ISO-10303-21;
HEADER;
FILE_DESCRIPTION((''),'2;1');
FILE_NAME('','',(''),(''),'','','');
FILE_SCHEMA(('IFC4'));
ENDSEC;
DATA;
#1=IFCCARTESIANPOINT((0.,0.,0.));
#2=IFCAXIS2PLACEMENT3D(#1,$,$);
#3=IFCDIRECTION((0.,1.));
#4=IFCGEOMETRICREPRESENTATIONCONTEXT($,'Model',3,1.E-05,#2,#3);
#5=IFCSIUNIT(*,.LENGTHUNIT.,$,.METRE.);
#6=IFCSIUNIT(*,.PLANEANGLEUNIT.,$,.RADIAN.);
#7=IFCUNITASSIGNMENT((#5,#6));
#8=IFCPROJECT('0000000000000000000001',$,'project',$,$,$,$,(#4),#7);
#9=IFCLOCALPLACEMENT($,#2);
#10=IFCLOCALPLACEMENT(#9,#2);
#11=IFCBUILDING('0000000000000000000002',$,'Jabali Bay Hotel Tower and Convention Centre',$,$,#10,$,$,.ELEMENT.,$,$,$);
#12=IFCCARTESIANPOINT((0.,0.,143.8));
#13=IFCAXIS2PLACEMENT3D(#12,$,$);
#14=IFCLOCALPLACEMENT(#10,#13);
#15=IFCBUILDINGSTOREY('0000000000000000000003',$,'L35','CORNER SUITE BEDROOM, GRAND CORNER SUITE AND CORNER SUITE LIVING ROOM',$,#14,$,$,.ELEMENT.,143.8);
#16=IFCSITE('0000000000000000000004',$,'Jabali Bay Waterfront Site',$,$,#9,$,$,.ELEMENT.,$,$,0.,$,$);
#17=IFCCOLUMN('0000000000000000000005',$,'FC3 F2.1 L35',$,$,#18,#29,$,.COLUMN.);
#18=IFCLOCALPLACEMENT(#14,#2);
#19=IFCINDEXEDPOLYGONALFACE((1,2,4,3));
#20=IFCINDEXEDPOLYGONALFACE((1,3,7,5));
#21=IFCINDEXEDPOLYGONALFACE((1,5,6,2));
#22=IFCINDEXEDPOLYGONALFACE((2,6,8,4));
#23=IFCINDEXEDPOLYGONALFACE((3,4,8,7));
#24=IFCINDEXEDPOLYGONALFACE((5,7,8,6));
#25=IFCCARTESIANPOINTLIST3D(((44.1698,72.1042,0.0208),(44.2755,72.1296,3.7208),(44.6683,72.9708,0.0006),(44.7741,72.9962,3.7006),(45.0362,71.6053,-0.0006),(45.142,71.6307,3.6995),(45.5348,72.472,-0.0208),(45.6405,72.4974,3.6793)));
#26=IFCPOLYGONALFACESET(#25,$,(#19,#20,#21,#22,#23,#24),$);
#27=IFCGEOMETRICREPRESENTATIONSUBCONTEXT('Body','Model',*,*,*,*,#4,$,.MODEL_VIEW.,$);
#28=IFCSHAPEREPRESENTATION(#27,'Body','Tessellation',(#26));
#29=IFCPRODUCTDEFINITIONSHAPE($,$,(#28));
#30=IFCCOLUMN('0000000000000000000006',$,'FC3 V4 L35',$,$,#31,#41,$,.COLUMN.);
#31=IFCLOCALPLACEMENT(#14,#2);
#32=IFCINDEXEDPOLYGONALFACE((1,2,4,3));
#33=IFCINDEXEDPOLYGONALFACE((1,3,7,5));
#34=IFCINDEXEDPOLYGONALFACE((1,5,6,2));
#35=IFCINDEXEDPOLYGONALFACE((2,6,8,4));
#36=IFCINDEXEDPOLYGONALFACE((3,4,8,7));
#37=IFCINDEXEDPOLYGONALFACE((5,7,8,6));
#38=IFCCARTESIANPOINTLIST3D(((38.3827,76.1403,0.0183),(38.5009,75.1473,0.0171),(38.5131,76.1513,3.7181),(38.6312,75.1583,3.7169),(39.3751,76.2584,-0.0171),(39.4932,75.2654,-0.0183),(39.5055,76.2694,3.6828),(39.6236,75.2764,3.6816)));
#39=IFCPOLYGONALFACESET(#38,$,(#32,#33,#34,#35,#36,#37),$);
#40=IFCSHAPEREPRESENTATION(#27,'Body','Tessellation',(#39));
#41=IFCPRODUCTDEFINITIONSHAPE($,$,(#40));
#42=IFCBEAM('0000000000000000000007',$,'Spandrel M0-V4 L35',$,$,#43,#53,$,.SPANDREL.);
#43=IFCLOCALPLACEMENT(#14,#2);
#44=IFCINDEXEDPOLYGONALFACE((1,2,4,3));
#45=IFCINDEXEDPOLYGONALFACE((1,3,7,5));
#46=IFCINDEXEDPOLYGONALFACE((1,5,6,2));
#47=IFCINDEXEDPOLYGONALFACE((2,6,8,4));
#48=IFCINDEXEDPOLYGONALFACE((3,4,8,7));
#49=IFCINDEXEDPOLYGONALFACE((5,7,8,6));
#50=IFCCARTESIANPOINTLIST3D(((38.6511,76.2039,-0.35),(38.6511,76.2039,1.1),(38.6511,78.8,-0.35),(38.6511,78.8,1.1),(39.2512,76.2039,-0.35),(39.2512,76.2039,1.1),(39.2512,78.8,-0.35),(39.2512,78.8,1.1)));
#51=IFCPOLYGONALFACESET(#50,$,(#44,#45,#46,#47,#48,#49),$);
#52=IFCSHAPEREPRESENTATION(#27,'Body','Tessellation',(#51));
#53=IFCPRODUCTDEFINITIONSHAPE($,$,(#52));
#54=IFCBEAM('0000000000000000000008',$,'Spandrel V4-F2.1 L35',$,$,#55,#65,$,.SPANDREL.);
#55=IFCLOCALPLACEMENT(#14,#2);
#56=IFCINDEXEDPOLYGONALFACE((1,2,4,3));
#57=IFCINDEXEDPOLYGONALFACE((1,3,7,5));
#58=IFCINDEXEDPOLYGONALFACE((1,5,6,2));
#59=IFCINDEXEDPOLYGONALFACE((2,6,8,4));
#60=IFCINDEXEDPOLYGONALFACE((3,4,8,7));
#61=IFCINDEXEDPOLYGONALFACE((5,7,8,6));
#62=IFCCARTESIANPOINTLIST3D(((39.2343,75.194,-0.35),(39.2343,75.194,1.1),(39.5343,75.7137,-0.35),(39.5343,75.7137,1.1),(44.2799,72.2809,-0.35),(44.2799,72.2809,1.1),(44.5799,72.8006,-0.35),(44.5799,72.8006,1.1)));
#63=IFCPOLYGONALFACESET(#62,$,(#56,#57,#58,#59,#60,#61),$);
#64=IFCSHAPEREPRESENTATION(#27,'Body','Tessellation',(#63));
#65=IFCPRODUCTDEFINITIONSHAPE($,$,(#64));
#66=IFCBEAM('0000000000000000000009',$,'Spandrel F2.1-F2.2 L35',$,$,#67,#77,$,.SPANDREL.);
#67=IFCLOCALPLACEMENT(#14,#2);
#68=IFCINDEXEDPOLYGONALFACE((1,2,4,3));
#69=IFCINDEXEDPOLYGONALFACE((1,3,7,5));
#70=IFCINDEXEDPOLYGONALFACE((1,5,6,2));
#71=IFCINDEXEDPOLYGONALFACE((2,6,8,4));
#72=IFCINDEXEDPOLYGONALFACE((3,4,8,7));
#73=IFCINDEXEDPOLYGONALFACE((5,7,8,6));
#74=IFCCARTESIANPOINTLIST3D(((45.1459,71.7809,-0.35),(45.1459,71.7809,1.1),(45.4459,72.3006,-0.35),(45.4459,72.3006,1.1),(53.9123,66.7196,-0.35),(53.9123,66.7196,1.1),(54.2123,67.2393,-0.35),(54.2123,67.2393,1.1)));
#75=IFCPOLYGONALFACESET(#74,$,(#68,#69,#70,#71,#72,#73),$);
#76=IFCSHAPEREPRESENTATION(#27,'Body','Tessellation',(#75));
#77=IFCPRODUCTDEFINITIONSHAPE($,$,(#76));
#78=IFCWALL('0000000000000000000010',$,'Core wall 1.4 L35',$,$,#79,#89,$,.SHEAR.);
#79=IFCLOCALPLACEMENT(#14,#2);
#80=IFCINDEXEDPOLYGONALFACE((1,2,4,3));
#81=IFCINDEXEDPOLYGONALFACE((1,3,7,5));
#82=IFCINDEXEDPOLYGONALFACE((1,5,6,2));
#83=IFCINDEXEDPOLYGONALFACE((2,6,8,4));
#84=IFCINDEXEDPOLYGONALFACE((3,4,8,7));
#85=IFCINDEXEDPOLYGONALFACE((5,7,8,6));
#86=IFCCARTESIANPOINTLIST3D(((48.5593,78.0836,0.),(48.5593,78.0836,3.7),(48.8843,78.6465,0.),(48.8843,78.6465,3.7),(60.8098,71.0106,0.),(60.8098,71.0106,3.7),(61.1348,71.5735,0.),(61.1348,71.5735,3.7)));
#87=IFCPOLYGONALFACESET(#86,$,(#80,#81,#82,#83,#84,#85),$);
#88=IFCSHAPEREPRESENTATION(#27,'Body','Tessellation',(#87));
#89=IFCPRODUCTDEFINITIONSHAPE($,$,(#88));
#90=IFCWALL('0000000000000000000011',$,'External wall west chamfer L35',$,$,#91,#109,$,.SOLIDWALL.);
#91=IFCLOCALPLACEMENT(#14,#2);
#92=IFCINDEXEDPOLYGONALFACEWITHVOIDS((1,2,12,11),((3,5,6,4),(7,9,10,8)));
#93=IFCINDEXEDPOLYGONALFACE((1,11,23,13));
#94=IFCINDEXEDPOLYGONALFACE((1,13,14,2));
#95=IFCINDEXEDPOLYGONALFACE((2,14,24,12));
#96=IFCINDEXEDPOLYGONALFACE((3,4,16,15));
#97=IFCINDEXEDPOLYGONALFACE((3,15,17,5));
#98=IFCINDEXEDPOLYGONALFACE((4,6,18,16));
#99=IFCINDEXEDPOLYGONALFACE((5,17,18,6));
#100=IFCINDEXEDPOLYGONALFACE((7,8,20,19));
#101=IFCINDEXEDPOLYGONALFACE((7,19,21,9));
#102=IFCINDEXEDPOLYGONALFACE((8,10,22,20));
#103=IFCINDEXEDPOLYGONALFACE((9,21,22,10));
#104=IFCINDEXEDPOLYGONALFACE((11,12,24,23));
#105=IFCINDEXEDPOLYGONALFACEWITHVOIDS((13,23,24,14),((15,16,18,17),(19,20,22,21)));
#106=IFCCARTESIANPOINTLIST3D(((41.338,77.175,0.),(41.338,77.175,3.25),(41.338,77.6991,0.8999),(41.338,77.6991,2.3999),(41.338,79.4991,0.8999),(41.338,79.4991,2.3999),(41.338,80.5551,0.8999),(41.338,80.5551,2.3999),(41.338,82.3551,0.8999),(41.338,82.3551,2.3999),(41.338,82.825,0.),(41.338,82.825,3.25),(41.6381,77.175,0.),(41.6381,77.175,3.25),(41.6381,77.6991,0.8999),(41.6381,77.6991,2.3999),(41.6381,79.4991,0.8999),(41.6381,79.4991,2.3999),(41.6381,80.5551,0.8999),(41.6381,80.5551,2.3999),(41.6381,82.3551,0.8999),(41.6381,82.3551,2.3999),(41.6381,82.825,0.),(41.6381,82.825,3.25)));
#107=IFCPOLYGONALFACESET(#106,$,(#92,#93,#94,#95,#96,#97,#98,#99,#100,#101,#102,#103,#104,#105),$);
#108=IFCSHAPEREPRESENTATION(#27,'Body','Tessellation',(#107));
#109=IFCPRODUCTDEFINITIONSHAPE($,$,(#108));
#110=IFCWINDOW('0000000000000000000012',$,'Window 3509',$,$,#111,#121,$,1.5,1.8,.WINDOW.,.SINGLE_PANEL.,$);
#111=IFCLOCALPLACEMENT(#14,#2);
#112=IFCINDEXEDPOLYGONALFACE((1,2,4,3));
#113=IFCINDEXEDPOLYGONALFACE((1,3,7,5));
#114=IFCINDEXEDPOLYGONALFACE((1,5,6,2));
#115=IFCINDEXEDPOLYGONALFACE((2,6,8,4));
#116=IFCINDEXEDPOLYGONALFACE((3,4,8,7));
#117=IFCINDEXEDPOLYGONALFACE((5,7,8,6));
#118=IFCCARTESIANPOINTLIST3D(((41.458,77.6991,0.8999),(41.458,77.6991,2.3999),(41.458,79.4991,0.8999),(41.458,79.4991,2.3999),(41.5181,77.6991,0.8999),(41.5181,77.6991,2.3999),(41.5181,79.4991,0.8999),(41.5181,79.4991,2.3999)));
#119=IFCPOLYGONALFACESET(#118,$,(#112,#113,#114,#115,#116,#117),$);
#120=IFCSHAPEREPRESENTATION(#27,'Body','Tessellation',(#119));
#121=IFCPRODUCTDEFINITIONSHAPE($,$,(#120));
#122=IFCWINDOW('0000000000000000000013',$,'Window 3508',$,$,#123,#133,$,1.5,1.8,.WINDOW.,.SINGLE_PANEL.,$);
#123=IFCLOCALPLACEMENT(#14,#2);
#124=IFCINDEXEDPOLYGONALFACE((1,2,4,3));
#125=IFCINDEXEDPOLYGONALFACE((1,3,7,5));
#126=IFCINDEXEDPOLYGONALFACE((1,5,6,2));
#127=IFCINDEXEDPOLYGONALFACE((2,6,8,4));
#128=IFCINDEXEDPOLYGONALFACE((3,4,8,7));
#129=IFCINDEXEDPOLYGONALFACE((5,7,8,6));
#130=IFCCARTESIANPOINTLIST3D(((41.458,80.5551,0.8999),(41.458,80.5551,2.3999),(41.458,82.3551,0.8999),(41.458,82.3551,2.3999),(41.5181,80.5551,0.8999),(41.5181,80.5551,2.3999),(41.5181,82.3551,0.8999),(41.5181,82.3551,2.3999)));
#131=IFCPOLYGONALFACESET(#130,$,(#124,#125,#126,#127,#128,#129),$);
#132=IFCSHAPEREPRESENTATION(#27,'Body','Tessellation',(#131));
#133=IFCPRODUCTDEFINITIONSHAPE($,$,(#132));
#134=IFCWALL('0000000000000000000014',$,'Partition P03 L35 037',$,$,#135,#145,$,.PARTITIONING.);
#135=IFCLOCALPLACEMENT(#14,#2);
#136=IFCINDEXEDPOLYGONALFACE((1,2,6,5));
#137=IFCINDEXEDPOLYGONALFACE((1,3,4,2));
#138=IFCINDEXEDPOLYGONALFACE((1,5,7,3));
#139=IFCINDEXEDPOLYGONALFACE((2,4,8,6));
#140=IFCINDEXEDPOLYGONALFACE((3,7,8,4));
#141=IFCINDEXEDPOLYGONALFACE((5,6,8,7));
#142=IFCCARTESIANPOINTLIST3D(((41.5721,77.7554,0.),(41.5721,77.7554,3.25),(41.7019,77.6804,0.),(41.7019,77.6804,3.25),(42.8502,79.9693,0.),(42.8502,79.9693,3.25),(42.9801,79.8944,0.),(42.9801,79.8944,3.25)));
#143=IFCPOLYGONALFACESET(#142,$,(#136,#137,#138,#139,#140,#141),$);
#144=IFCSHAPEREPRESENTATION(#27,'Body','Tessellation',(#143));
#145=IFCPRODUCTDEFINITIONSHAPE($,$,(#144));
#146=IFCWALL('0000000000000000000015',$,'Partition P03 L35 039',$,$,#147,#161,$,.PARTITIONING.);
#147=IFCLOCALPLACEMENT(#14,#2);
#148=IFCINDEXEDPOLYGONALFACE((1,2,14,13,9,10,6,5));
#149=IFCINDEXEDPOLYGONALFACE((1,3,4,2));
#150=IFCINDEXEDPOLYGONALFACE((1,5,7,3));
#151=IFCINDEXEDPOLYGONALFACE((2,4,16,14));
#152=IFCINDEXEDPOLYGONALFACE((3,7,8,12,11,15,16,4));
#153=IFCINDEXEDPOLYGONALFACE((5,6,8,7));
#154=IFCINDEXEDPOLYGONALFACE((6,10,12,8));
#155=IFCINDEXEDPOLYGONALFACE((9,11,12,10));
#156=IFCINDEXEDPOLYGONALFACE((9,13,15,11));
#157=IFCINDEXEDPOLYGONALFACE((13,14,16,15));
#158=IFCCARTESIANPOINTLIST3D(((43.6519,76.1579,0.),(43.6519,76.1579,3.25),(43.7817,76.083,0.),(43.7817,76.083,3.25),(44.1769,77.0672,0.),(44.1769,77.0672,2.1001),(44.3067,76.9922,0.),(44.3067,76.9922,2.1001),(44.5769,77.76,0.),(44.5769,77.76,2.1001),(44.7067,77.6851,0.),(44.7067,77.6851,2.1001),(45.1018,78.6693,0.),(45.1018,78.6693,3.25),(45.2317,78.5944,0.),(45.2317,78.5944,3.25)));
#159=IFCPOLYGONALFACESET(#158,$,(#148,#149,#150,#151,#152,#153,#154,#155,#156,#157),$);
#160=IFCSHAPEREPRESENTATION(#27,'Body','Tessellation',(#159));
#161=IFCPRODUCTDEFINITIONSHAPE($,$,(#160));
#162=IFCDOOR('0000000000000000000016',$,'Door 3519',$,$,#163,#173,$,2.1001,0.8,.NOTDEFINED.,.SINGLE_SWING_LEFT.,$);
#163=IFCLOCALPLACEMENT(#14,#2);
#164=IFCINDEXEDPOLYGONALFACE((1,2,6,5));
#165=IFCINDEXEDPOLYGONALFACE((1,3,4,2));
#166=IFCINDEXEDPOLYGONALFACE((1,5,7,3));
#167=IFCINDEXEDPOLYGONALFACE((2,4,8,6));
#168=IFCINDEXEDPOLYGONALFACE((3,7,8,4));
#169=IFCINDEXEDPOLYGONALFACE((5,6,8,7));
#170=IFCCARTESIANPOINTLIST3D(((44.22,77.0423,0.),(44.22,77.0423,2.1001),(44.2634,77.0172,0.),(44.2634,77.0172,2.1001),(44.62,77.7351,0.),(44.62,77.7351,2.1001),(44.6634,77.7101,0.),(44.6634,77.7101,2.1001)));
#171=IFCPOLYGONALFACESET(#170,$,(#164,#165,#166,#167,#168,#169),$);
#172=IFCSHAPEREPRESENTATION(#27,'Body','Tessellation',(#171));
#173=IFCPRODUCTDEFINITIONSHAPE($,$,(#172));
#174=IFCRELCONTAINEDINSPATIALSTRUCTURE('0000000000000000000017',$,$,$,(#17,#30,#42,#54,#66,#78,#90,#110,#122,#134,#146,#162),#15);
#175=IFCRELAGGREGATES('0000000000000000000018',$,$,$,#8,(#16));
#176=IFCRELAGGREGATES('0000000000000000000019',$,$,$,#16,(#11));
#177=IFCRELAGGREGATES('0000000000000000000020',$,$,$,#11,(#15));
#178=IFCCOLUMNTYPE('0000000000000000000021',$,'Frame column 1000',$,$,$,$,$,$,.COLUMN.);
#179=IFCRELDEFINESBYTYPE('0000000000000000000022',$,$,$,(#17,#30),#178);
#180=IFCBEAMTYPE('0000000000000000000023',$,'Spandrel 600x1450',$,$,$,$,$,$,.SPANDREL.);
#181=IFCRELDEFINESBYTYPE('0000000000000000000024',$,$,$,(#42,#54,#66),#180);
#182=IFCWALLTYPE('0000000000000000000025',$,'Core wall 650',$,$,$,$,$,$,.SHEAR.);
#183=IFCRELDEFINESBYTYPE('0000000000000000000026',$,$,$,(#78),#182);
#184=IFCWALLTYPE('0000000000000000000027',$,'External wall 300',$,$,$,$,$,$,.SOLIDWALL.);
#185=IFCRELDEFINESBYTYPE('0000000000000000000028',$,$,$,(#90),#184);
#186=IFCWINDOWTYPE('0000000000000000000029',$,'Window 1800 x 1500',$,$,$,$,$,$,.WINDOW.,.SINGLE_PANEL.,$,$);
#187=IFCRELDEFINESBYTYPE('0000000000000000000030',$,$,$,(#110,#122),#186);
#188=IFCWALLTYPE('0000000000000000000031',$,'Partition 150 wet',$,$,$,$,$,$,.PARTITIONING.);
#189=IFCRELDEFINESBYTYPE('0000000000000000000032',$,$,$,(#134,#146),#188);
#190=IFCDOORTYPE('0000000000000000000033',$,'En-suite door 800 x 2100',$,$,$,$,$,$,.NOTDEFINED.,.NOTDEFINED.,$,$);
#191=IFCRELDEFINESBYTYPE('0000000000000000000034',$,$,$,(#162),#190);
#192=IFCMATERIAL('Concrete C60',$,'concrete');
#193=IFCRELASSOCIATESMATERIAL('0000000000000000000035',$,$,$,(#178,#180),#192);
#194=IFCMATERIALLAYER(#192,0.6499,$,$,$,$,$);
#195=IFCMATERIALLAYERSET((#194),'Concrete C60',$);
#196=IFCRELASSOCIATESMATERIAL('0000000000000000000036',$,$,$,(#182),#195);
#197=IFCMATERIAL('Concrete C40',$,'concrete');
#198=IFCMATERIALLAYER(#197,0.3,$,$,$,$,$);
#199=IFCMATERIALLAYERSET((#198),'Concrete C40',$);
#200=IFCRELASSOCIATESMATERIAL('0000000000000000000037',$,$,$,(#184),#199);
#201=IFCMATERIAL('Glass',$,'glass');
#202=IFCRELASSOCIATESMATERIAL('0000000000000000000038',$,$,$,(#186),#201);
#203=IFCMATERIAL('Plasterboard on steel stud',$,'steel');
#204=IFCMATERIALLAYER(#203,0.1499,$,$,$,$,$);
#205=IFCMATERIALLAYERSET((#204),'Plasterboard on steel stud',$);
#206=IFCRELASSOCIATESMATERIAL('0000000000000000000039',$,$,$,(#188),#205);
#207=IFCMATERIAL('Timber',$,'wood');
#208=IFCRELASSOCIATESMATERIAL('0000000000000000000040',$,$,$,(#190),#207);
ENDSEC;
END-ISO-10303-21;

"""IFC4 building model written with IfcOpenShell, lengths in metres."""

from ifc_helpers import new_model, si_unit, direction, frame, frame_2d, origin, origin_2d, place, context, subcontext, project, spatial, rectangle, extrude, material, layer, layer_set, material_profile, profile_set, type_object, element, fill, save


model = new_model("IFC4")

# Units and contexts
model_context = context("Model", 3, precision=1e-05, world=origin(), true_north=direction((0.0, 1.0)))
body_context = subcontext(model_context, "Body", "Model", "MODEL_VIEW")
ifc_project = project(units=[si_unit("LENGTHUNIT", "METRE"), si_unit("PLANEANGLEUNIT", "RADIAN")], contexts=[model_context])

# Site, building, storey
site_placement = place(None, origin())
site = spatial("IfcSite", under=ifc_project, at=site_placement, Name="Jabali Bay Waterfront Site", CompositionType="ELEMENT", RefElevation=0.0)
building_placement = place(site_placement, origin())
building = spatial("IfcBuilding", under=site, at=building_placement, Name="Jabali Bay Hotel Tower and Convention Centre", CompositionType="ELEMENT")
storey_placement = place(building_placement, frame((0.0, 0.0, 143.8)))
storey = spatial("IfcBuildingStorey", under=building, at=storey_placement, Name="L35", Description="CORNER SUITE BEDROOM, GRAND CORNER SUITE AND CORNER SUITE LIVING ROOM", CompositionType="ELEMENT", Elevation=143.8)

# Columns
ifc_material_1 = material(Name="Concrete C60", Category="concrete")
ifc_material_profile_1 = material_profile(ifc_material_1, rectangle(XDim=1.0, YDim=1.0, at=origin_2d()), Name="Frame column 1000")
ifc_profile_set_1 = profile_set([ifc_material_profile_1], Name="Concrete C60")
column_type = type_object("IfcColumnType", Name="Frame column 1000", PredefinedType="COLUMN", material=ifc_profile_set_1)
column_1_placement = place(storey_placement, frame((44.8523, 72.2881, 0.0), z_axis=(0.028559, 0.006859, 0.999569), x_axis=(-0.86641, 0.498877, 0.021331)))
element("IfcColumn", 1, at=column_1_placement, inside=storey, type_object=column_type, Name="FC3 F2.1 L35", PredefinedType="COLUMN", context=body_context, shape_type="SweptSolid", body=[
    extrude(rectangle(XDim=1.0, YDim=1.0, at=origin_2d()), origin(), (0.0, 0.0, 1.0), 3.7017),
])
column_2_placement = place(storey_placement, frame((38.938, 75.7029, 0.0), z_axis=(0.035214, 0.002967, 0.999375), x_axis=(-0.118148, 0.992995, 0.001215)))
element("IfcColumn", 2, at=column_2_placement, inside=storey, type_object=column_type, Name="FC3 V4 L35", PredefinedType="COLUMN", context=body_context, shape_type="SweptSolid", body=[
    extrude(rectangle(XDim=1.0, YDim=1.0, at=origin_2d()), origin(), (0.0, 0.0, 1.0), 3.7021),
])

# Beams
ifc_material_profile_2 = material_profile(ifc_material_1, rectangle(XDim=0.6001, YDim=1.45, at=origin_2d()), Name="Spandrel 600x1450")
ifc_profile_set_2 = profile_set([ifc_material_profile_2], Name="Concrete C60")
beam_type = type_object("IfcBeamType", Name="Spandrel 600x1450", PredefinedType="SPANDREL", material=ifc_profile_set_2)
beam_1_placement = place(storey_placement, frame((38.9512, 78.8, 0.375), z_axis=(0.0, -1.0, 0.0), x_axis=(1.0, 0.0, 0.0)))
element("IfcBeam", 3, at=beam_1_placement, inside=storey, type_object=beam_type, Name="Spandrel M0-V4 L35", PredefinedType="SPANDREL", context=body_context, shape_type="SweptSolid", body=[
    extrude(rectangle(XDim=0.6001, YDim=1.45, at=origin_2d()), origin(), (0.0, 0.0, 1.0), 2.5962),
])
beam_2_placement = place(storey_placement, frame((39.3843, 75.4539, 0.375), z_axis=(0.866027, -0.499997, 0.0), x_axis=(0.499997, 0.866027, 0.0)))
element("IfcBeam", 4, at=beam_2_placement, inside=storey, type_object=beam_type, Name="Spandrel V4-F2.1 L35", PredefinedType="SPANDREL", context=body_context, shape_type="SweptSolid", body=[
    extrude(rectangle(XDim=0.6001, YDim=1.45, at=origin_2d()), origin(), (0.0, 0.0, 1.0), 5.8262),
])
beam_3_placement = place(storey_placement, frame((45.2959, 72.0408, 0.375), z_axis=(0.866025, -0.500002, 0.0), x_axis=(0.500002, 0.866025, 0.0)))
element("IfcBeam", 5, at=beam_3_placement, inside=storey, type_object=beam_type, Name="Spandrel F2.1-F2.2 L35", PredefinedType="SPANDREL", context=body_context, shape_type="SweptSolid", body=[
    extrude(rectangle(XDim=0.6001, YDim=1.45, at=origin_2d()), origin(), (0.0, 0.0, 1.0), 10.1226),
])

# Wall
ifc_layer_1 = layer(ifc_material_1, 0.6499)
ifc_layer_set_1 = layer_set([ifc_layer_1], Name="Concrete C60")
wall_type_1 = type_object("IfcWallType", Name="Core wall 650", PredefinedType="SHEAR", material=ifc_layer_set_1)
wall_1_placement = place(storey_placement, frame((48.7219, 78.365, 0.0), z_axis=(0.0, 0.0, 1.0), x_axis=(0.86602, -0.500009, 0.0)))
element("IfcWall", 6, at=wall_1_placement, inside=storey, type_object=wall_type_1, Name="Core wall 1.4 L35", PredefinedType="SHEAR", context=body_context, shape_type="SweptSolid", body=[
    extrude(rectangle(XDim=14.1458, YDim=0.6499, at=frame_2d((7.0728, 0.0))), origin(), (0.0, 0.0, 1.0), 3.7),
])

# Wall, openings, windows
ifc_material_2 = material(Name="Concrete C40", Category="concrete")
ifc_layer_2 = layer(ifc_material_2, 0.3)
ifc_layer_set_2 = layer_set([ifc_layer_2], Name="Concrete C40")
wall_type_2 = type_object("IfcWallType", Name="External wall 300", PredefinedType="SOLIDWALL", material=ifc_layer_set_2)
wall_2_placement = place(storey_placement, frame((41.488, 77.175, 0.0), z_axis=(0.0, 0.0, 1.0), x_axis=(0.0, 1.0, 0.0)))
wall_2 = element("IfcWall", 7, at=wall_2_placement, inside=storey, type_object=wall_type_2, Name="External wall west chamfer L35", PredefinedType="SOLIDWALL", context=body_context, shape_type="SweptSolid", body=[
    extrude(rectangle(XDim=5.6499, YDim=0.3, at=frame_2d((2.825, 0.0))), origin(), (0.0, 0.0, 1.0), 3.25),
])
opening_1_placement = place(wall_2_placement, frame((0.5242, 0.0, 0.8999)))
opening_1 = element("IfcOpeningElement", 8, at=opening_1_placement, cuts=wall_2, PredefinedType="OPENING", context=body_context, shape_type="SweptSolid", body=[
    extrude(rectangle(XDim=1.8, YDim=1.5, at=frame_2d((0.8999, 0.75))), frame((0.0, 0.1606, 0.0), z_axis=(0.0, -1.0, 0.0), x_axis=(1.0, 0.0, 0.0)), (0.0, 0.0, 1.0), 0.321),
])
opening_2_placement = place(wall_2_placement, frame((3.3801, 0.0, 0.8999)))
opening_2 = element("IfcOpeningElement", 9, at=opening_2_placement, cuts=wall_2, PredefinedType="OPENING", context=body_context, shape_type="SweptSolid", body=[
    extrude(rectangle(XDim=1.8, YDim=1.5, at=frame_2d((0.8999, 0.75))), frame((0.0, 0.1606, 0.0), z_axis=(0.0, -1.0, 0.0), x_axis=(1.0, 0.0, 0.0)), (0.0, 0.0, 1.0), 0.321),
])
ifc_material_3 = material(Name="Glass", Category="glass")
window_type = type_object("IfcWindowType", Name="Window 1800 x 1500", PartitioningType="SINGLE_PANEL", PredefinedType="WINDOW", material=ifc_material_3)
window_1_placement = place(opening_1_placement, origin())
window_1 = element("IfcWindow", 10, at=window_1_placement, inside=storey, type_object=window_type, Name="Window 3509", OverallHeight=1.5, OverallWidth=1.8, PartitioningType="SINGLE_PANEL", PredefinedType="WINDOW", context=body_context, shape_type="SweptSolid", body=[
    extrude(rectangle(XDim=1.8, YDim=1.5, at=frame_2d((0.8999, 0.75))), frame((0.0, 0.03, 0.0), z_axis=(0.0, -1.0, 0.0), x_axis=(1.0, 0.0, 0.0)), (0.0, 0.0, 1.0), 0.0601),
])
fill(opening_1, window_1)
window_2_placement = place(opening_2_placement, origin())
window_2 = element("IfcWindow", 11, at=window_2_placement, inside=storey, type_object=window_type, Name="Window 3508", OverallHeight=1.5, OverallWidth=1.8, PartitioningType="SINGLE_PANEL", PredefinedType="WINDOW", context=body_context, shape_type="SweptSolid", body=[
    extrude(rectangle(XDim=1.8, YDim=1.5, at=frame_2d((0.8999, 0.75))), frame((0.0, 0.03, 0.0), z_axis=(0.0, -1.0, 0.0), x_axis=(1.0, 0.0, 0.0)), (0.0, 0.0, 1.0), 0.0601),
])
fill(opening_2, window_2)

# Wall
ifc_material_4 = material(Name="Plasterboard on steel stud", Category="steel")
ifc_layer_3 = layer(ifc_material_4, 0.1499)
ifc_layer_set_3 = layer_set([ifc_layer_3], Name="Plasterboard on steel stud")
wall_type_3 = type_object("IfcWallType", Name="Partition 150 wet", PredefinedType="PARTITIONING", material=ifc_layer_set_3)
wall_3_placement = place(storey_placement, frame((41.637, 77.7178, 0.0), z_axis=(0.0, 0.0, 1.0), x_axis=(0.49997, 0.866042, 0.0)))
element("IfcWall", 12, at=wall_3_placement, inside=storey, type_object=wall_type_3, Name="Partition P03 L35 037", PredefinedType="PARTITIONING", context=body_context, shape_type="SweptSolid", body=[
    extrude(rectangle(XDim=2.5564, YDim=0.1499, at=frame_2d((1.2783, 0.0))), origin(), (0.0, 0.0, 1.0), 3.25),
])

# Wall, opening, door
wall_4_placement = place(storey_placement, frame((45.1667, 78.6318, 0.0), z_axis=(0.0, 0.0, 1.0), x_axis=(-0.499987, -0.866033, 0.0)))
wall_4 = element("IfcWall", 13, at=wall_4_placement, inside=storey, type_object=wall_type_3, Name="Partition P03 L35 039", PredefinedType="PARTITIONING", context=body_context, shape_type="SweptSolid", body=[
    extrude(rectangle(XDim=2.8999, YDim=0.1499, at=frame_2d((1.45, 0.0))), origin(), (0.0, 0.0, 1.0), 3.25),
])
opening_3_placement = place(wall_4_placement, frame((1.05, 0.0, 0.0)))
opening_3 = element("IfcOpeningElement", 14, at=opening_3_placement, cuts=wall_4, PredefinedType="OPENING", context=body_context, shape_type="SweptSolid", body=[
    extrude(rectangle(XDim=0.8, YDim=2.1001, at=frame_2d((0.3999, 1.05))), frame((0.0, 0.0854, 0.0), z_axis=(0.0, -1.0, 0.0), x_axis=(1.0, 0.0, 0.0)), (0.0, 0.0, 1.0), 0.1709),
])
ifc_material_5 = material(Name="Timber", Category="wood")
door_type = type_object("IfcDoorType", Name="En-suite door 800 x 2100", OperationType="NOTDEFINED", PredefinedType="NOTDEFINED", material=ifc_material_5)
door_placement = place(opening_3_placement, origin())
door = element("IfcDoor", 15, at=door_placement, inside=storey, type_object=door_type, Name="Door 3519", OperationType="SINGLE_SWING_LEFT", OverallHeight=2.1001, OverallWidth=0.8, PredefinedType="NOTDEFINED", context=body_context, shape_type="SweptSolid", body=[
    extrude(rectangle(XDim=0.8, YDim=2.1001, at=frame_2d((0.3999, 1.05))), frame((0.0, 0.0249, 0.0), z_axis=(0.0, -1.0, 0.0), x_axis=(1.0, 0.0, 0.0)), (0.0, 0.0, 1.0), 0.05),
])
fill(opening_3, door)

save(model, "model.ifc")
